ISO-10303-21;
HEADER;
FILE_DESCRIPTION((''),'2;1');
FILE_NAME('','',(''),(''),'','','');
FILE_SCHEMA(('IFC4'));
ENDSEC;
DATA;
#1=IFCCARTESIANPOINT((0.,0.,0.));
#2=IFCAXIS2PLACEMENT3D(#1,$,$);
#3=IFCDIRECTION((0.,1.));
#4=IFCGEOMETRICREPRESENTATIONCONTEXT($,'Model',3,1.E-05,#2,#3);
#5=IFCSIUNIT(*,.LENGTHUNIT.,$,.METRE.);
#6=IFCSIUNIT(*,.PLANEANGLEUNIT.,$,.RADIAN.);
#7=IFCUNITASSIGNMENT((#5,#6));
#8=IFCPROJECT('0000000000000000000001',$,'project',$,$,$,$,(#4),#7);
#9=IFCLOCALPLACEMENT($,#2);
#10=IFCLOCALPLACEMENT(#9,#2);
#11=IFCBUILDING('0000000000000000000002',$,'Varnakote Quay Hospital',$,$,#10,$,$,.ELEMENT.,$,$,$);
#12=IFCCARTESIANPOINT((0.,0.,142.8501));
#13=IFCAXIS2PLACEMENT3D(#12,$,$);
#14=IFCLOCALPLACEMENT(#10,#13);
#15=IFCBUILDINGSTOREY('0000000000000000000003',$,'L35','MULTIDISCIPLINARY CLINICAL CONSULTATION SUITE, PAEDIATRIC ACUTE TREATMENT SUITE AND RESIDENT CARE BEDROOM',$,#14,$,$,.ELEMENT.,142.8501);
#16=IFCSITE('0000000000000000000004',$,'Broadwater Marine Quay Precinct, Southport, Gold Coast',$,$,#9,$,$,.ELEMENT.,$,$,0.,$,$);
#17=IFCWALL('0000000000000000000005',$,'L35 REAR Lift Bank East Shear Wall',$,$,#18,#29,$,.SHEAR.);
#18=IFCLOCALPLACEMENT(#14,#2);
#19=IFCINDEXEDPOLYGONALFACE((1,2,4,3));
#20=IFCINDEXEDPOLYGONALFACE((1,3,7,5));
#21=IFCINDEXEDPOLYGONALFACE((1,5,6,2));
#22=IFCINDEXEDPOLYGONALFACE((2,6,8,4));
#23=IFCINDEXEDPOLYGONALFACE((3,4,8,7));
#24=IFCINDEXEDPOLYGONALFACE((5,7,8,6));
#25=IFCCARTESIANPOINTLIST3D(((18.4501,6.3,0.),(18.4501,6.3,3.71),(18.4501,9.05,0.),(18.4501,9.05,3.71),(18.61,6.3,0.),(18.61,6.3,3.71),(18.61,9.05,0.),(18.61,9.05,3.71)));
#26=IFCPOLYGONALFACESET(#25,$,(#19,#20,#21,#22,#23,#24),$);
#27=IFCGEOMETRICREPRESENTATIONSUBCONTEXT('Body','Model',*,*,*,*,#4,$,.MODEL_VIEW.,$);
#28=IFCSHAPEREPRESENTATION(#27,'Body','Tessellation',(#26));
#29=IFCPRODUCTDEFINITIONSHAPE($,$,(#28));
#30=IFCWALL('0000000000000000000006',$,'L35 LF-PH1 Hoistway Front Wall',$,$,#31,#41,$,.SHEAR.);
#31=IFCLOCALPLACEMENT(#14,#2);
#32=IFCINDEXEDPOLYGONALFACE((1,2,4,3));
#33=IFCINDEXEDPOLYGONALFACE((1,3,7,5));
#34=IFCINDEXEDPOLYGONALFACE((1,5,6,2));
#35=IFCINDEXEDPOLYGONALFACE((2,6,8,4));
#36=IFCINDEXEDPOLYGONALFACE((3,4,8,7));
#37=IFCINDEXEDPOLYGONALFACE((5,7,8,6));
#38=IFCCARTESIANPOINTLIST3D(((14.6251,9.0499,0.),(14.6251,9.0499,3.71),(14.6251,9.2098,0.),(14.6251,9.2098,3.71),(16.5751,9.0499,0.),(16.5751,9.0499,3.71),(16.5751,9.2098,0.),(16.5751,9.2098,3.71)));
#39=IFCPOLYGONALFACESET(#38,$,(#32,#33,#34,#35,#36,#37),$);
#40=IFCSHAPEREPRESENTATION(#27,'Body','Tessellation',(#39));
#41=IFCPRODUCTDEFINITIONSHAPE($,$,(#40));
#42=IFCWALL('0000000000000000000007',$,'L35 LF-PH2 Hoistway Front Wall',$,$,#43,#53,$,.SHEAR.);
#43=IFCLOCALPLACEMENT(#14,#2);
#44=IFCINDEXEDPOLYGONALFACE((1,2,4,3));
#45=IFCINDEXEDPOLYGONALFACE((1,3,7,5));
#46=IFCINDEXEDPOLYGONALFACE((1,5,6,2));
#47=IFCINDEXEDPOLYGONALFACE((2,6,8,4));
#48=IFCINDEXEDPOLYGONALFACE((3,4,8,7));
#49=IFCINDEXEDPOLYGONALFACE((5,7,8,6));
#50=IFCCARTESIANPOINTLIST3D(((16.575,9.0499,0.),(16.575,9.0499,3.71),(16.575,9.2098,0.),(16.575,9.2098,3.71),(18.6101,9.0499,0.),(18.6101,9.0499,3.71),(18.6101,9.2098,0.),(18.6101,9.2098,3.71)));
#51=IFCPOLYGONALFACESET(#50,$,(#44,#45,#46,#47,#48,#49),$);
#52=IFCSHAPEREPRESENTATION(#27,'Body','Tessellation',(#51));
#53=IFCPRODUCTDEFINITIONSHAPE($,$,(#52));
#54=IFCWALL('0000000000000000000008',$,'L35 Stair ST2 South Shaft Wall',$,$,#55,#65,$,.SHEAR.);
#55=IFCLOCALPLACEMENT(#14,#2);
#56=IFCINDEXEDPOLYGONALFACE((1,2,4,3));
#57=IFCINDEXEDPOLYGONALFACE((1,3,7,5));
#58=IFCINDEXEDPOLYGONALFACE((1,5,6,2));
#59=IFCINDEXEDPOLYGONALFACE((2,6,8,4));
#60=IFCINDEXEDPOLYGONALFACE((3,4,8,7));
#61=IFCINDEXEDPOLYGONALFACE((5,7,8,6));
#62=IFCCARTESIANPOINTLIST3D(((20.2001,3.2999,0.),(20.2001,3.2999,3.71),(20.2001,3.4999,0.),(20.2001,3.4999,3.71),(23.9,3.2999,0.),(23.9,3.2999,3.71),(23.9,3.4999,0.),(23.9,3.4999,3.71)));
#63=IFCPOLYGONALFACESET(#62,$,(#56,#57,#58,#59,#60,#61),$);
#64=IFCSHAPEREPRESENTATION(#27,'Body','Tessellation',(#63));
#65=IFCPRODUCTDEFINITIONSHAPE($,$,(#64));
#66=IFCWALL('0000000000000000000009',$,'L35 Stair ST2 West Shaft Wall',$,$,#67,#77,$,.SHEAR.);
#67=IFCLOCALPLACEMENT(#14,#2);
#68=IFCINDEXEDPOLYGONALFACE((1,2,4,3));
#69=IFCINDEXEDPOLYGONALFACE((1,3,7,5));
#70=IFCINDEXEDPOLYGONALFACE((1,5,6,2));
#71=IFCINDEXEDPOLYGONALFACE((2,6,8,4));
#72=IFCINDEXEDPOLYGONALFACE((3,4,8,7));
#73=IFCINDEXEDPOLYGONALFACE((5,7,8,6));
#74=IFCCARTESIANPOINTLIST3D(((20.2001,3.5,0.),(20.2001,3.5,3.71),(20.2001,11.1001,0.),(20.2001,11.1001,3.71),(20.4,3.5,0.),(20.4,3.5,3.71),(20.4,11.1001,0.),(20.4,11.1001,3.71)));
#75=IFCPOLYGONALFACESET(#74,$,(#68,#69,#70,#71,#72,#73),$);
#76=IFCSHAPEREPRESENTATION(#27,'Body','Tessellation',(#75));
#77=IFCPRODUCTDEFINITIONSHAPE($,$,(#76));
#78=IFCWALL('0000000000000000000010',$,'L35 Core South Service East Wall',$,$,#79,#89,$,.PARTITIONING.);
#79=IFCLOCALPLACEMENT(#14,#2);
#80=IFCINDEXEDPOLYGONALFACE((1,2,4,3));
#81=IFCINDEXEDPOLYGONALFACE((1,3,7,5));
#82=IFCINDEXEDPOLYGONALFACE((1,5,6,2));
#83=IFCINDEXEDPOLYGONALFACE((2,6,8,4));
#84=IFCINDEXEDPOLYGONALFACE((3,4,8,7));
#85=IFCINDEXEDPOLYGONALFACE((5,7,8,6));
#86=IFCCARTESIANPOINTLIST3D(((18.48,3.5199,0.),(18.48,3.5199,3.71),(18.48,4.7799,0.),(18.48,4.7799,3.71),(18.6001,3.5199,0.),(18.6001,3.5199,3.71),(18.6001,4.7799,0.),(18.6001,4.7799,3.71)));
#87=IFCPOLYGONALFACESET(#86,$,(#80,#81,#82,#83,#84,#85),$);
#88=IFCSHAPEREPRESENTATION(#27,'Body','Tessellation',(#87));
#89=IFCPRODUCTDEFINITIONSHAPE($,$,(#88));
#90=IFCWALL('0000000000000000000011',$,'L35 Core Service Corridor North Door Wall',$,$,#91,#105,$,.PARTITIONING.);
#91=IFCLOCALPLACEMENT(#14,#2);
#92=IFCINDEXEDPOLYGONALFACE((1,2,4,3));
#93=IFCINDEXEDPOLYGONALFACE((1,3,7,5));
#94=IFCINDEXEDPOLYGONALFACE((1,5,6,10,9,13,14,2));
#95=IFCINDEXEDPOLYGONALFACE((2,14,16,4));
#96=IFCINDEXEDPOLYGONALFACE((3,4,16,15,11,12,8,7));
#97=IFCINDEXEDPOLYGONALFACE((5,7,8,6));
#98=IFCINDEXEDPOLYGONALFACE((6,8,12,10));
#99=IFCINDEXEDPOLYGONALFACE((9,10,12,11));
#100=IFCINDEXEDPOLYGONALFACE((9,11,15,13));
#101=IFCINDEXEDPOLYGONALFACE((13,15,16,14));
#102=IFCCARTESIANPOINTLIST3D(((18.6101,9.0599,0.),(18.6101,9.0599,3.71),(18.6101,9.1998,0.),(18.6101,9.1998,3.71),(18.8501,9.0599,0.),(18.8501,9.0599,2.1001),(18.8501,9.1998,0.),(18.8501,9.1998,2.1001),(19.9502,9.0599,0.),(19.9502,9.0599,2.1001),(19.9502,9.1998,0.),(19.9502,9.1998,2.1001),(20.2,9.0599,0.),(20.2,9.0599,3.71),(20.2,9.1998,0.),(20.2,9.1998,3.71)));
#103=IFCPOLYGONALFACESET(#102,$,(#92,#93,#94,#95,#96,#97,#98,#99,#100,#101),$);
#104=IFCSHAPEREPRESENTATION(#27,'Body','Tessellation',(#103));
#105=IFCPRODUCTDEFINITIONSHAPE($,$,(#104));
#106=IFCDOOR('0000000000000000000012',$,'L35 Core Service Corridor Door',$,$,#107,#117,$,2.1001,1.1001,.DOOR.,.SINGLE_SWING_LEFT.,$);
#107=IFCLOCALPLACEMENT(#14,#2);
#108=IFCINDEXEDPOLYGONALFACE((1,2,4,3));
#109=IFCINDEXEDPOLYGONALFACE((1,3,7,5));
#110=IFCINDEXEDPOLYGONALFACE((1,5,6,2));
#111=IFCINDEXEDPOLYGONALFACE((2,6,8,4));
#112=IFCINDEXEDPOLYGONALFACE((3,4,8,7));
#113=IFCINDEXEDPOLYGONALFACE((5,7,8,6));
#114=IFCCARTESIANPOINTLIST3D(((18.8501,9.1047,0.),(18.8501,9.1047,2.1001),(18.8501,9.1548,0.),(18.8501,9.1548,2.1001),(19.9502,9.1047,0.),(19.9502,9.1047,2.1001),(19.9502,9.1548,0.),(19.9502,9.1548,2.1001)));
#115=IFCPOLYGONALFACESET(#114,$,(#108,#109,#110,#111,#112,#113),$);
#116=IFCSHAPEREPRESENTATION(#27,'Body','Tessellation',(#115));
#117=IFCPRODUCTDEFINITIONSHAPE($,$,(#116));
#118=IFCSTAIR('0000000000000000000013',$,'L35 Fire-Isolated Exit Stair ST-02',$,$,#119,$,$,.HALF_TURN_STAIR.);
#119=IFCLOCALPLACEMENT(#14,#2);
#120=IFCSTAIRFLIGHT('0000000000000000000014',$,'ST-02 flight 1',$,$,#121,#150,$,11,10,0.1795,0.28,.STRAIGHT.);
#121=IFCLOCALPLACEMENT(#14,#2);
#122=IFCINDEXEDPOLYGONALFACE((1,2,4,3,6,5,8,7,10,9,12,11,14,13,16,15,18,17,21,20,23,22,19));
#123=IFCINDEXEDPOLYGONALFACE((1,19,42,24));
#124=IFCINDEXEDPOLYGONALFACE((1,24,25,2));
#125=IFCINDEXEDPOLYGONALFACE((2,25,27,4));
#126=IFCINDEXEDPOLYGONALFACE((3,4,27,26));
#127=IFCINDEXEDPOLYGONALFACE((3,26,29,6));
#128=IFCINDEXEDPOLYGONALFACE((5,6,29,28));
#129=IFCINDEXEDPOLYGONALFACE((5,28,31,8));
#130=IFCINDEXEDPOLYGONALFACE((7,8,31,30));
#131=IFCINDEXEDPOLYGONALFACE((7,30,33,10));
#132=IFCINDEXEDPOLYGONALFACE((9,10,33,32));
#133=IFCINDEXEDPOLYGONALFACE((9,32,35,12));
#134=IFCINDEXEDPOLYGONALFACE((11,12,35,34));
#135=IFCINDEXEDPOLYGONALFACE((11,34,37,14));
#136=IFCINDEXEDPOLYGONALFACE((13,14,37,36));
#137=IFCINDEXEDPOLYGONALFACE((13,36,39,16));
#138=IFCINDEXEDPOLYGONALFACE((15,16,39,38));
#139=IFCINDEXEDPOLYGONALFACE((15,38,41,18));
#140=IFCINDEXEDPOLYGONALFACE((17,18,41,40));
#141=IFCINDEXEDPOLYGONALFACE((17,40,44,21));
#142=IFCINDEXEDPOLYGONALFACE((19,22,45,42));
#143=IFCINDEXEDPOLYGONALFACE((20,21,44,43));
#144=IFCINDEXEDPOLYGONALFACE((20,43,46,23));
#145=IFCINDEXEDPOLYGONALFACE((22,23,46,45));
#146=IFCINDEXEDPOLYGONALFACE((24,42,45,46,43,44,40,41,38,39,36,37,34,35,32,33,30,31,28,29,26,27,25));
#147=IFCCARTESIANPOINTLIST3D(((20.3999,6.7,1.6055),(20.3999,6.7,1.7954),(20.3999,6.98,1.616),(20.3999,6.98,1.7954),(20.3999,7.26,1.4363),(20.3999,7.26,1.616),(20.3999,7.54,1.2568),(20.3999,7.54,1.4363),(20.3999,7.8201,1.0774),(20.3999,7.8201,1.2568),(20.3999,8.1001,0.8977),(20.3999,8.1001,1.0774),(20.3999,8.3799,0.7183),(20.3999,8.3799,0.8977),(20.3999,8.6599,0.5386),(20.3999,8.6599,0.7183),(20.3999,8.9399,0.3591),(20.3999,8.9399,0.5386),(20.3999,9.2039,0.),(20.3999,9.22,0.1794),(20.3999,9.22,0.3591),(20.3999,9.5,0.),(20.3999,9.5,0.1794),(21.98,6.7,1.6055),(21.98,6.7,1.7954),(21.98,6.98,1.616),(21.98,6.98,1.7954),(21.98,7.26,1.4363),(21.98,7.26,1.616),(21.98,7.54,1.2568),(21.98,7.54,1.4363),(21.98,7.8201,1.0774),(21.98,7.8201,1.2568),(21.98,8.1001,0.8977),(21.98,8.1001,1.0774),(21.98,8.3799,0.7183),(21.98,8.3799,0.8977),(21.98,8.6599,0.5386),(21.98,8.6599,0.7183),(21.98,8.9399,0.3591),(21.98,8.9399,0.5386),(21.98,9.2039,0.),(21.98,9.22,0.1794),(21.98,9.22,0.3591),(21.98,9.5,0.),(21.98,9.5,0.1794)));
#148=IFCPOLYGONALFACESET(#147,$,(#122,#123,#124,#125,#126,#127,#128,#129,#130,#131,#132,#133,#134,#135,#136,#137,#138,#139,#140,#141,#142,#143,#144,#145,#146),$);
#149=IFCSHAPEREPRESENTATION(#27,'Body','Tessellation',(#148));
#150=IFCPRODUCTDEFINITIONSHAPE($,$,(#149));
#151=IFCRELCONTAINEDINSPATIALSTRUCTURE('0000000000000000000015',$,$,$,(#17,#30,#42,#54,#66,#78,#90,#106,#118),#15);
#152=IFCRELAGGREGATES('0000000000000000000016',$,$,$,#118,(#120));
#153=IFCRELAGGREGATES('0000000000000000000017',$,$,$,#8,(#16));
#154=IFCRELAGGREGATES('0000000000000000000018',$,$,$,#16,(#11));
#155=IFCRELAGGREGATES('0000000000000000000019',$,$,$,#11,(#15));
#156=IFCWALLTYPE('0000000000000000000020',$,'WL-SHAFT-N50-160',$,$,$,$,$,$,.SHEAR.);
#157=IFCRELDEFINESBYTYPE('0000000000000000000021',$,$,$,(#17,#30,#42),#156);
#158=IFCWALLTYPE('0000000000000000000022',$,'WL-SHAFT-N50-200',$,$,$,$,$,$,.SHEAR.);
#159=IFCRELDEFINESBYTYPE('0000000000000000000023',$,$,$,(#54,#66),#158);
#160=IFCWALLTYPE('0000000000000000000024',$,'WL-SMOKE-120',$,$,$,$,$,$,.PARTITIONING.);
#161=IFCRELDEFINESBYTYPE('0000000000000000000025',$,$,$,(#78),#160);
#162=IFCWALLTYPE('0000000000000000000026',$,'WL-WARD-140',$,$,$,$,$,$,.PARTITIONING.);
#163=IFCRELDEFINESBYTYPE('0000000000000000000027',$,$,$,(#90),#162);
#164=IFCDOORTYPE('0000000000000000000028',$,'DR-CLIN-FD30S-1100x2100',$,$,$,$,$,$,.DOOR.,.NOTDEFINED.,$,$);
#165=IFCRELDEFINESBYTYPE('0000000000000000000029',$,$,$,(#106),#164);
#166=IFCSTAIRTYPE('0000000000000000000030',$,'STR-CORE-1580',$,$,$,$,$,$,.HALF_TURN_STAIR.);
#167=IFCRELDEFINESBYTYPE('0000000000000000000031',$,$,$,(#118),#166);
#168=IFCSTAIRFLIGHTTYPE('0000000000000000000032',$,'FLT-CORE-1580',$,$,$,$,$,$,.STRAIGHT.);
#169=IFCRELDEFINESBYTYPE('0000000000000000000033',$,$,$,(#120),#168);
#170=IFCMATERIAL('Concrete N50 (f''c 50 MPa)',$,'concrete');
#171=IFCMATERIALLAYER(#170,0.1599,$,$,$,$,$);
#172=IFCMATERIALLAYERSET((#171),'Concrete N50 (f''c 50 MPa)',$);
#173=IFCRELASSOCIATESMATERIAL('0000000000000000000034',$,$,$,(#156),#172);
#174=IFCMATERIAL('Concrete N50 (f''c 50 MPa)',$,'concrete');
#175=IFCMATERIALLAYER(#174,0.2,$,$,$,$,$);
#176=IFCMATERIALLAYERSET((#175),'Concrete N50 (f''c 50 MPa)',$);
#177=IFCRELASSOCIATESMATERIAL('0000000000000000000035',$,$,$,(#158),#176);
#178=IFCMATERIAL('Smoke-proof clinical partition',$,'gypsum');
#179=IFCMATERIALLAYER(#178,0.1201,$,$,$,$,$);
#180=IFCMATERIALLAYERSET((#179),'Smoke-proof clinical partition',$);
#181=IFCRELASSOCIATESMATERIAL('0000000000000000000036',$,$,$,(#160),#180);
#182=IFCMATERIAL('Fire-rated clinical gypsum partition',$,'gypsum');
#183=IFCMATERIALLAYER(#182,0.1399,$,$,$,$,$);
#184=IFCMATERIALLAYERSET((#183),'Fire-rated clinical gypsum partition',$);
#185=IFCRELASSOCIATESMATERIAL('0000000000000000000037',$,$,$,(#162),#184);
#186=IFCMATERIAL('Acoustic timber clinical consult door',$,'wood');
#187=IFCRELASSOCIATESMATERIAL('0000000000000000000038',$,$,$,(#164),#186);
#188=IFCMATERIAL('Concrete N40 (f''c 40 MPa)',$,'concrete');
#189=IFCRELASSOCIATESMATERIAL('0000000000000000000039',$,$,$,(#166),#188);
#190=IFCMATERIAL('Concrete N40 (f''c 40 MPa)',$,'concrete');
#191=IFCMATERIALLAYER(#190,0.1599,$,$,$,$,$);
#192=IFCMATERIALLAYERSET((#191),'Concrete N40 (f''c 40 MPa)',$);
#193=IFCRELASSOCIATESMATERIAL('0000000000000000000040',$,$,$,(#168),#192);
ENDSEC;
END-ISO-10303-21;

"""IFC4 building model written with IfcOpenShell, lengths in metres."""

from ifc_helpers import new_model, si_unit, direction, frame, frame_2d, origin, place, context, subcontext, project, spatial, polyline, rectangle, outline, extrude, material, layer, layer_set, type_object, element, fill, aggregate, save


model = new_model("IFC4")

# Units and contexts
model_context = context("Model", 3, precision=1e-05, world=origin(), true_north=direction((0.0, 1.0)))
body_context = subcontext(model_context, "Body", "Model", "MODEL_VIEW")
ifc_project = project(units=[si_unit("LENGTHUNIT", "METRE"), si_unit("PLANEANGLEUNIT", "RADIAN")], contexts=[model_context])

# Site, building, storey
site_placement = place(None, origin())
site = spatial("IfcSite", under=ifc_project, at=site_placement, Name="Broadwater Marine Quay Precinct, Southport, Gold Coast", CompositionType="ELEMENT", RefElevation=0.0)
building_placement = place(site_placement, origin())
building = spatial("IfcBuilding", under=site, at=building_placement, Name="Varnakote Quay Hospital", CompositionType="ELEMENT")
storey_placement = place(building_placement, frame((0.0, 0.0, 142.8501)))
storey = spatial("IfcBuildingStorey", under=building, at=storey_placement, Name="L35", Description="MULTIDISCIPLINARY CLINICAL CONSULTATION SUITE, PAEDIATRIC ACUTE TREATMENT SUITE AND RESIDENT CARE BEDROOM", CompositionType="ELEMENT", Elevation=142.8501)

# Wall
ifc_material_1 = material(Name="Concrete N50 (f'c 50 MPa)", Category="concrete")
ifc_layer_1 = layer(ifc_material_1, 0.1599)
ifc_layer_set_1 = layer_set([ifc_layer_1], Name="Concrete N50 (f'c 50 MPa)")
wall_type_1 = type_object("IfcWallType", Name="WL-SHAFT-N50-160", PredefinedType="SHEAR", material=ifc_layer_set_1)
wall_1_placement = place(storey_placement, frame((18.53, 6.3, 0.0), z_axis=(0.0, 0.0, 1.0), x_axis=(0.0, 1.0, 0.0)))
element("IfcWall", 1, at=wall_1_placement, inside=storey, type_object=wall_type_1, Name="L35 REAR Lift Bank East Shear Wall", PredefinedType="SHEAR", context=body_context, shape_type="SweptSolid", body=[
    extrude(rectangle(XDim=2.75, YDim=0.1599, at=frame_2d((1.375, 0.0))), origin(), (0.0, 0.0, 1.0), 3.71),
])

# Walls
wall_2_placement = place(storey_placement, frame((14.625, 9.1299, 0.0), z_axis=(0.0, 0.0, 1.0), x_axis=(1.0, 0.0, 0.0)))
element("IfcWall", 2, at=wall_2_placement, inside=storey, type_object=wall_type_1, Name="L35 LF-PH1 Hoistway Front Wall", PredefinedType="SHEAR", context=body_context, shape_type="SweptSolid", body=[
    extrude(rectangle(XDim=1.95, YDim=0.1599, at=frame_2d((0.9751, 0.0))), origin(), (0.0, 0.0, 1.0), 3.71),
])
wall_3_placement = place(storey_placement, frame((16.575, 9.1299, 0.0), z_axis=(0.0, 0.0, 1.0), x_axis=(1.0, 0.0, 0.0)))
element("IfcWall", 3, at=wall_3_placement, inside=storey, type_object=wall_type_1, Name="L35 LF-PH2 Hoistway Front Wall", PredefinedType="SHEAR", context=body_context, shape_type="SweptSolid", body=[
    extrude(rectangle(XDim=2.0352, YDim=0.1599, at=frame_2d((1.0176, 0.0))), origin(), (0.0, 0.0, 1.0), 3.71),
])
ifc_material_2 = material(Name="Concrete N50 (f'c 50 MPa)", Category="concrete")
ifc_layer_2 = layer(ifc_material_2, 0.2)
ifc_layer_set_2 = layer_set([ifc_layer_2], Name="Concrete N50 (f'c 50 MPa)")
wall_type_2 = type_object("IfcWallType", Name="WL-SHAFT-N50-200", PredefinedType="SHEAR", material=ifc_layer_set_2)
wall_4_placement = place(storey_placement, frame((20.2, 3.3999, 0.0), z_axis=(0.0, 0.0, 1.0), x_axis=(1.0, 0.0, 0.0)))
element("IfcWall", 4, at=wall_4_placement, inside=storey, type_object=wall_type_2, Name="L35 Stair ST2 South Shaft Wall", PredefinedType="SHEAR", context=body_context, shape_type="SweptSolid", body=[
    extrude(rectangle(XDim=3.7, YDim=0.2, at=frame_2d((1.8501, 0.0))), origin(), (0.0, 0.0, 1.0), 3.71),
])
wall_5_placement = place(storey_placement, frame((20.3, 3.5, 0.0), z_axis=(0.0, 0.0, 1.0), x_axis=(0.0, 1.0, 0.0)))
element("IfcWall", 5, at=wall_5_placement, inside=storey, type_object=wall_type_2, Name="L35 Stair ST2 West Shaft Wall", PredefinedType="SHEAR", context=body_context, shape_type="SweptSolid", body=[
    extrude(rectangle(XDim=7.6001, YDim=0.2, at=frame_2d((3.8, 0.0))), origin(), (0.0, 0.0, 1.0), 3.71),
])

# Wall
ifc_material_3 = material(Name="Smoke-proof clinical partition", Category="gypsum")
ifc_layer_3 = layer(ifc_material_3, 0.1201)
ifc_layer_set_3 = layer_set([ifc_layer_3], Name="Smoke-proof clinical partition")
wall_type_3 = type_object("IfcWallType", Name="WL-SMOKE-120", PredefinedType="PARTITIONING", material=ifc_layer_set_3)
wall_6_placement = place(storey_placement, frame((18.54, 3.52, 0.0), z_axis=(0.0, 0.0, 1.0), x_axis=(0.0, 1.0, 0.0)))
element("IfcWall", 6, at=wall_6_placement, inside=storey, type_object=wall_type_3, Name="L35 Core South Service East Wall", PredefinedType="PARTITIONING", context=body_context, shape_type="SweptSolid", body=[
    extrude(rectangle(XDim=1.26, YDim=0.1201, at=frame_2d((0.6299, 0.0))), origin(), (0.0, 0.0, 1.0), 3.71),
])

# Wall, opening, door
ifc_material_4 = material(Name="Fire-rated clinical gypsum partition", Category="gypsum")
ifc_layer_4 = layer(ifc_material_4, 0.1399)
ifc_layer_set_4 = layer_set([ifc_layer_4], Name="Fire-rated clinical gypsum partition")
wall_type_4 = type_object("IfcWallType", Name="WL-WARD-140", PredefinedType="PARTITIONING", material=ifc_layer_set_4)
wall_7_placement = place(storey_placement, frame((18.6101, 9.1299, 0.0), z_axis=(0.0, 0.0, 1.0), x_axis=(1.0, 0.0, 0.0)))
wall_7 = element("IfcWall", 7, at=wall_7_placement, inside=storey, type_object=wall_type_4, Name="L35 Core Service Corridor North Door Wall", PredefinedType="PARTITIONING", context=body_context, shape_type="SweptSolid", body=[
    extrude(rectangle(XDim=1.5898, YDim=0.1399, at=frame_2d((0.7949, 0.0))), origin(), (0.0, 0.0, 1.0), 3.71),
])
opening_1_placement = place(wall_7_placement, frame((0.24, 0.0, 0.0)))
opening_1 = element("IfcOpeningElement", 8, at=opening_1_placement, cuts=wall_7, PredefinedType="OPENING", context=body_context, shape_type="SweptSolid", body=[
    extrude(rectangle(XDim=1.1001, YDim=2.1001, at=frame_2d((0.55, 1.05))), frame((0.0, 0.0798, 0.0), z_axis=(0.0, -1.0, 0.0), x_axis=(1.0, 0.0, 0.0)), (0.0, 0.0, 1.0), 0.1599),
])
ifc_material_5 = material(Name="Acoustic timber clinical consult door", Category="wood")
door_type_1 = type_object("IfcDoorType", Name="DR-CLIN-FD30S-1100x2100", OperationType="NOTDEFINED", PredefinedType="DOOR", material=ifc_material_5)
door_1_placement = place(opening_1_placement, origin())
door_1 = element("IfcDoor", 9, at=door_1_placement, inside=storey, type_object=door_type_1, Name="L35 Core Service Corridor Door", OperationType="SINGLE_SWING_LEFT", OverallHeight=2.1001, OverallWidth=1.1001, PredefinedType="DOOR", context=body_context, shape_type="SweptSolid", body=[
    extrude(rectangle(XDim=1.1001, YDim=2.1001, at=frame_2d((0.55, 1.05))), frame((0.0, 0.0249, 0.0), z_axis=(0.0, -1.0, 0.0), x_axis=(1.0, 0.0, 0.0)), (0.0, 0.0, 1.0), 0.05),
])
fill(opening_1, door_1)

# Stair, stair flight
ifc_material_6 = material(Name="Concrete N40 (f'c 40 MPa)", Category="concrete")
stair_type = type_object("IfcStairType", Name="STR-CORE-1580", PredefinedType="HALF_TURN_STAIR", material=ifc_material_6)
stair_placement = place(storey_placement, origin())
stair = element("IfcStair", 10, at=stair_placement, inside=storey, type_object=stair_type, Name="L35 Fire-Isolated Exit Stair ST-02", PredefinedType="HALF_TURN_STAIR")
ifc_material_7 = material(Name="Concrete N40 (f'c 40 MPa)", Category="concrete")
ifc_layer_5 = layer(ifc_material_7, 0.1599)
ifc_layer_set_5 = layer_set([ifc_layer_5], Name="Concrete N40 (f'c 40 MPa)")
stair_flight_type = type_object("IfcStairFlightType", Name="FLT-CORE-1580", PredefinedType="STRAIGHT", material=ifc_layer_set_5)
stair_flight_placement = place(storey_placement, frame((21.1899, 9.5, 0.0), z_axis=(0.0, 0.0, 1.0), x_axis=(0.0, -1.0, 0.0)))
stair_flight = element("IfcStairFlight", 11, at=stair_flight_placement, type_object=stair_flight_type, Name="ST-02 flight 1", NumberOfRisers=11, NumberOfTreads=10, PredefinedType="STRAIGHT", RiserHeight=0.1795, TreadLength=0.28, context=body_context, shape_type="SweptSolid", body=[
    extrude(outline(polyline([(0.0, 0.0), (0.0, 0.1794), (0.28, 0.1794), (0.28, 0.3591), (0.5601, 0.3591), (0.5601, 0.5386), (0.8401, 0.5386), (0.8401, 0.7183), (1.1201, 0.7183), (1.1201, 0.8977), (1.3999, 0.8977), (1.3999, 1.0774), (1.6799, 1.0774), (1.6799, 1.2568), (1.96, 1.2568), (1.96, 1.4363), (2.24, 1.4363), (2.24, 1.616), (2.52, 1.616), (2.52, 1.7954), (2.8, 1.7954), (2.8, 1.9751), (2.8, 1.6055), (0.2961, 0.0), (0.0, 0.0)])), frame((0.0, 0.79, 0.0), z_axis=(0.0, -1.0, 0.0), x_axis=(1.0, 0.0, 0.0)), (0.0, 0.0, 1.0), 1.5801),
])
aggregate(stair, [stair_flight])

save(model, "model.ifc")
